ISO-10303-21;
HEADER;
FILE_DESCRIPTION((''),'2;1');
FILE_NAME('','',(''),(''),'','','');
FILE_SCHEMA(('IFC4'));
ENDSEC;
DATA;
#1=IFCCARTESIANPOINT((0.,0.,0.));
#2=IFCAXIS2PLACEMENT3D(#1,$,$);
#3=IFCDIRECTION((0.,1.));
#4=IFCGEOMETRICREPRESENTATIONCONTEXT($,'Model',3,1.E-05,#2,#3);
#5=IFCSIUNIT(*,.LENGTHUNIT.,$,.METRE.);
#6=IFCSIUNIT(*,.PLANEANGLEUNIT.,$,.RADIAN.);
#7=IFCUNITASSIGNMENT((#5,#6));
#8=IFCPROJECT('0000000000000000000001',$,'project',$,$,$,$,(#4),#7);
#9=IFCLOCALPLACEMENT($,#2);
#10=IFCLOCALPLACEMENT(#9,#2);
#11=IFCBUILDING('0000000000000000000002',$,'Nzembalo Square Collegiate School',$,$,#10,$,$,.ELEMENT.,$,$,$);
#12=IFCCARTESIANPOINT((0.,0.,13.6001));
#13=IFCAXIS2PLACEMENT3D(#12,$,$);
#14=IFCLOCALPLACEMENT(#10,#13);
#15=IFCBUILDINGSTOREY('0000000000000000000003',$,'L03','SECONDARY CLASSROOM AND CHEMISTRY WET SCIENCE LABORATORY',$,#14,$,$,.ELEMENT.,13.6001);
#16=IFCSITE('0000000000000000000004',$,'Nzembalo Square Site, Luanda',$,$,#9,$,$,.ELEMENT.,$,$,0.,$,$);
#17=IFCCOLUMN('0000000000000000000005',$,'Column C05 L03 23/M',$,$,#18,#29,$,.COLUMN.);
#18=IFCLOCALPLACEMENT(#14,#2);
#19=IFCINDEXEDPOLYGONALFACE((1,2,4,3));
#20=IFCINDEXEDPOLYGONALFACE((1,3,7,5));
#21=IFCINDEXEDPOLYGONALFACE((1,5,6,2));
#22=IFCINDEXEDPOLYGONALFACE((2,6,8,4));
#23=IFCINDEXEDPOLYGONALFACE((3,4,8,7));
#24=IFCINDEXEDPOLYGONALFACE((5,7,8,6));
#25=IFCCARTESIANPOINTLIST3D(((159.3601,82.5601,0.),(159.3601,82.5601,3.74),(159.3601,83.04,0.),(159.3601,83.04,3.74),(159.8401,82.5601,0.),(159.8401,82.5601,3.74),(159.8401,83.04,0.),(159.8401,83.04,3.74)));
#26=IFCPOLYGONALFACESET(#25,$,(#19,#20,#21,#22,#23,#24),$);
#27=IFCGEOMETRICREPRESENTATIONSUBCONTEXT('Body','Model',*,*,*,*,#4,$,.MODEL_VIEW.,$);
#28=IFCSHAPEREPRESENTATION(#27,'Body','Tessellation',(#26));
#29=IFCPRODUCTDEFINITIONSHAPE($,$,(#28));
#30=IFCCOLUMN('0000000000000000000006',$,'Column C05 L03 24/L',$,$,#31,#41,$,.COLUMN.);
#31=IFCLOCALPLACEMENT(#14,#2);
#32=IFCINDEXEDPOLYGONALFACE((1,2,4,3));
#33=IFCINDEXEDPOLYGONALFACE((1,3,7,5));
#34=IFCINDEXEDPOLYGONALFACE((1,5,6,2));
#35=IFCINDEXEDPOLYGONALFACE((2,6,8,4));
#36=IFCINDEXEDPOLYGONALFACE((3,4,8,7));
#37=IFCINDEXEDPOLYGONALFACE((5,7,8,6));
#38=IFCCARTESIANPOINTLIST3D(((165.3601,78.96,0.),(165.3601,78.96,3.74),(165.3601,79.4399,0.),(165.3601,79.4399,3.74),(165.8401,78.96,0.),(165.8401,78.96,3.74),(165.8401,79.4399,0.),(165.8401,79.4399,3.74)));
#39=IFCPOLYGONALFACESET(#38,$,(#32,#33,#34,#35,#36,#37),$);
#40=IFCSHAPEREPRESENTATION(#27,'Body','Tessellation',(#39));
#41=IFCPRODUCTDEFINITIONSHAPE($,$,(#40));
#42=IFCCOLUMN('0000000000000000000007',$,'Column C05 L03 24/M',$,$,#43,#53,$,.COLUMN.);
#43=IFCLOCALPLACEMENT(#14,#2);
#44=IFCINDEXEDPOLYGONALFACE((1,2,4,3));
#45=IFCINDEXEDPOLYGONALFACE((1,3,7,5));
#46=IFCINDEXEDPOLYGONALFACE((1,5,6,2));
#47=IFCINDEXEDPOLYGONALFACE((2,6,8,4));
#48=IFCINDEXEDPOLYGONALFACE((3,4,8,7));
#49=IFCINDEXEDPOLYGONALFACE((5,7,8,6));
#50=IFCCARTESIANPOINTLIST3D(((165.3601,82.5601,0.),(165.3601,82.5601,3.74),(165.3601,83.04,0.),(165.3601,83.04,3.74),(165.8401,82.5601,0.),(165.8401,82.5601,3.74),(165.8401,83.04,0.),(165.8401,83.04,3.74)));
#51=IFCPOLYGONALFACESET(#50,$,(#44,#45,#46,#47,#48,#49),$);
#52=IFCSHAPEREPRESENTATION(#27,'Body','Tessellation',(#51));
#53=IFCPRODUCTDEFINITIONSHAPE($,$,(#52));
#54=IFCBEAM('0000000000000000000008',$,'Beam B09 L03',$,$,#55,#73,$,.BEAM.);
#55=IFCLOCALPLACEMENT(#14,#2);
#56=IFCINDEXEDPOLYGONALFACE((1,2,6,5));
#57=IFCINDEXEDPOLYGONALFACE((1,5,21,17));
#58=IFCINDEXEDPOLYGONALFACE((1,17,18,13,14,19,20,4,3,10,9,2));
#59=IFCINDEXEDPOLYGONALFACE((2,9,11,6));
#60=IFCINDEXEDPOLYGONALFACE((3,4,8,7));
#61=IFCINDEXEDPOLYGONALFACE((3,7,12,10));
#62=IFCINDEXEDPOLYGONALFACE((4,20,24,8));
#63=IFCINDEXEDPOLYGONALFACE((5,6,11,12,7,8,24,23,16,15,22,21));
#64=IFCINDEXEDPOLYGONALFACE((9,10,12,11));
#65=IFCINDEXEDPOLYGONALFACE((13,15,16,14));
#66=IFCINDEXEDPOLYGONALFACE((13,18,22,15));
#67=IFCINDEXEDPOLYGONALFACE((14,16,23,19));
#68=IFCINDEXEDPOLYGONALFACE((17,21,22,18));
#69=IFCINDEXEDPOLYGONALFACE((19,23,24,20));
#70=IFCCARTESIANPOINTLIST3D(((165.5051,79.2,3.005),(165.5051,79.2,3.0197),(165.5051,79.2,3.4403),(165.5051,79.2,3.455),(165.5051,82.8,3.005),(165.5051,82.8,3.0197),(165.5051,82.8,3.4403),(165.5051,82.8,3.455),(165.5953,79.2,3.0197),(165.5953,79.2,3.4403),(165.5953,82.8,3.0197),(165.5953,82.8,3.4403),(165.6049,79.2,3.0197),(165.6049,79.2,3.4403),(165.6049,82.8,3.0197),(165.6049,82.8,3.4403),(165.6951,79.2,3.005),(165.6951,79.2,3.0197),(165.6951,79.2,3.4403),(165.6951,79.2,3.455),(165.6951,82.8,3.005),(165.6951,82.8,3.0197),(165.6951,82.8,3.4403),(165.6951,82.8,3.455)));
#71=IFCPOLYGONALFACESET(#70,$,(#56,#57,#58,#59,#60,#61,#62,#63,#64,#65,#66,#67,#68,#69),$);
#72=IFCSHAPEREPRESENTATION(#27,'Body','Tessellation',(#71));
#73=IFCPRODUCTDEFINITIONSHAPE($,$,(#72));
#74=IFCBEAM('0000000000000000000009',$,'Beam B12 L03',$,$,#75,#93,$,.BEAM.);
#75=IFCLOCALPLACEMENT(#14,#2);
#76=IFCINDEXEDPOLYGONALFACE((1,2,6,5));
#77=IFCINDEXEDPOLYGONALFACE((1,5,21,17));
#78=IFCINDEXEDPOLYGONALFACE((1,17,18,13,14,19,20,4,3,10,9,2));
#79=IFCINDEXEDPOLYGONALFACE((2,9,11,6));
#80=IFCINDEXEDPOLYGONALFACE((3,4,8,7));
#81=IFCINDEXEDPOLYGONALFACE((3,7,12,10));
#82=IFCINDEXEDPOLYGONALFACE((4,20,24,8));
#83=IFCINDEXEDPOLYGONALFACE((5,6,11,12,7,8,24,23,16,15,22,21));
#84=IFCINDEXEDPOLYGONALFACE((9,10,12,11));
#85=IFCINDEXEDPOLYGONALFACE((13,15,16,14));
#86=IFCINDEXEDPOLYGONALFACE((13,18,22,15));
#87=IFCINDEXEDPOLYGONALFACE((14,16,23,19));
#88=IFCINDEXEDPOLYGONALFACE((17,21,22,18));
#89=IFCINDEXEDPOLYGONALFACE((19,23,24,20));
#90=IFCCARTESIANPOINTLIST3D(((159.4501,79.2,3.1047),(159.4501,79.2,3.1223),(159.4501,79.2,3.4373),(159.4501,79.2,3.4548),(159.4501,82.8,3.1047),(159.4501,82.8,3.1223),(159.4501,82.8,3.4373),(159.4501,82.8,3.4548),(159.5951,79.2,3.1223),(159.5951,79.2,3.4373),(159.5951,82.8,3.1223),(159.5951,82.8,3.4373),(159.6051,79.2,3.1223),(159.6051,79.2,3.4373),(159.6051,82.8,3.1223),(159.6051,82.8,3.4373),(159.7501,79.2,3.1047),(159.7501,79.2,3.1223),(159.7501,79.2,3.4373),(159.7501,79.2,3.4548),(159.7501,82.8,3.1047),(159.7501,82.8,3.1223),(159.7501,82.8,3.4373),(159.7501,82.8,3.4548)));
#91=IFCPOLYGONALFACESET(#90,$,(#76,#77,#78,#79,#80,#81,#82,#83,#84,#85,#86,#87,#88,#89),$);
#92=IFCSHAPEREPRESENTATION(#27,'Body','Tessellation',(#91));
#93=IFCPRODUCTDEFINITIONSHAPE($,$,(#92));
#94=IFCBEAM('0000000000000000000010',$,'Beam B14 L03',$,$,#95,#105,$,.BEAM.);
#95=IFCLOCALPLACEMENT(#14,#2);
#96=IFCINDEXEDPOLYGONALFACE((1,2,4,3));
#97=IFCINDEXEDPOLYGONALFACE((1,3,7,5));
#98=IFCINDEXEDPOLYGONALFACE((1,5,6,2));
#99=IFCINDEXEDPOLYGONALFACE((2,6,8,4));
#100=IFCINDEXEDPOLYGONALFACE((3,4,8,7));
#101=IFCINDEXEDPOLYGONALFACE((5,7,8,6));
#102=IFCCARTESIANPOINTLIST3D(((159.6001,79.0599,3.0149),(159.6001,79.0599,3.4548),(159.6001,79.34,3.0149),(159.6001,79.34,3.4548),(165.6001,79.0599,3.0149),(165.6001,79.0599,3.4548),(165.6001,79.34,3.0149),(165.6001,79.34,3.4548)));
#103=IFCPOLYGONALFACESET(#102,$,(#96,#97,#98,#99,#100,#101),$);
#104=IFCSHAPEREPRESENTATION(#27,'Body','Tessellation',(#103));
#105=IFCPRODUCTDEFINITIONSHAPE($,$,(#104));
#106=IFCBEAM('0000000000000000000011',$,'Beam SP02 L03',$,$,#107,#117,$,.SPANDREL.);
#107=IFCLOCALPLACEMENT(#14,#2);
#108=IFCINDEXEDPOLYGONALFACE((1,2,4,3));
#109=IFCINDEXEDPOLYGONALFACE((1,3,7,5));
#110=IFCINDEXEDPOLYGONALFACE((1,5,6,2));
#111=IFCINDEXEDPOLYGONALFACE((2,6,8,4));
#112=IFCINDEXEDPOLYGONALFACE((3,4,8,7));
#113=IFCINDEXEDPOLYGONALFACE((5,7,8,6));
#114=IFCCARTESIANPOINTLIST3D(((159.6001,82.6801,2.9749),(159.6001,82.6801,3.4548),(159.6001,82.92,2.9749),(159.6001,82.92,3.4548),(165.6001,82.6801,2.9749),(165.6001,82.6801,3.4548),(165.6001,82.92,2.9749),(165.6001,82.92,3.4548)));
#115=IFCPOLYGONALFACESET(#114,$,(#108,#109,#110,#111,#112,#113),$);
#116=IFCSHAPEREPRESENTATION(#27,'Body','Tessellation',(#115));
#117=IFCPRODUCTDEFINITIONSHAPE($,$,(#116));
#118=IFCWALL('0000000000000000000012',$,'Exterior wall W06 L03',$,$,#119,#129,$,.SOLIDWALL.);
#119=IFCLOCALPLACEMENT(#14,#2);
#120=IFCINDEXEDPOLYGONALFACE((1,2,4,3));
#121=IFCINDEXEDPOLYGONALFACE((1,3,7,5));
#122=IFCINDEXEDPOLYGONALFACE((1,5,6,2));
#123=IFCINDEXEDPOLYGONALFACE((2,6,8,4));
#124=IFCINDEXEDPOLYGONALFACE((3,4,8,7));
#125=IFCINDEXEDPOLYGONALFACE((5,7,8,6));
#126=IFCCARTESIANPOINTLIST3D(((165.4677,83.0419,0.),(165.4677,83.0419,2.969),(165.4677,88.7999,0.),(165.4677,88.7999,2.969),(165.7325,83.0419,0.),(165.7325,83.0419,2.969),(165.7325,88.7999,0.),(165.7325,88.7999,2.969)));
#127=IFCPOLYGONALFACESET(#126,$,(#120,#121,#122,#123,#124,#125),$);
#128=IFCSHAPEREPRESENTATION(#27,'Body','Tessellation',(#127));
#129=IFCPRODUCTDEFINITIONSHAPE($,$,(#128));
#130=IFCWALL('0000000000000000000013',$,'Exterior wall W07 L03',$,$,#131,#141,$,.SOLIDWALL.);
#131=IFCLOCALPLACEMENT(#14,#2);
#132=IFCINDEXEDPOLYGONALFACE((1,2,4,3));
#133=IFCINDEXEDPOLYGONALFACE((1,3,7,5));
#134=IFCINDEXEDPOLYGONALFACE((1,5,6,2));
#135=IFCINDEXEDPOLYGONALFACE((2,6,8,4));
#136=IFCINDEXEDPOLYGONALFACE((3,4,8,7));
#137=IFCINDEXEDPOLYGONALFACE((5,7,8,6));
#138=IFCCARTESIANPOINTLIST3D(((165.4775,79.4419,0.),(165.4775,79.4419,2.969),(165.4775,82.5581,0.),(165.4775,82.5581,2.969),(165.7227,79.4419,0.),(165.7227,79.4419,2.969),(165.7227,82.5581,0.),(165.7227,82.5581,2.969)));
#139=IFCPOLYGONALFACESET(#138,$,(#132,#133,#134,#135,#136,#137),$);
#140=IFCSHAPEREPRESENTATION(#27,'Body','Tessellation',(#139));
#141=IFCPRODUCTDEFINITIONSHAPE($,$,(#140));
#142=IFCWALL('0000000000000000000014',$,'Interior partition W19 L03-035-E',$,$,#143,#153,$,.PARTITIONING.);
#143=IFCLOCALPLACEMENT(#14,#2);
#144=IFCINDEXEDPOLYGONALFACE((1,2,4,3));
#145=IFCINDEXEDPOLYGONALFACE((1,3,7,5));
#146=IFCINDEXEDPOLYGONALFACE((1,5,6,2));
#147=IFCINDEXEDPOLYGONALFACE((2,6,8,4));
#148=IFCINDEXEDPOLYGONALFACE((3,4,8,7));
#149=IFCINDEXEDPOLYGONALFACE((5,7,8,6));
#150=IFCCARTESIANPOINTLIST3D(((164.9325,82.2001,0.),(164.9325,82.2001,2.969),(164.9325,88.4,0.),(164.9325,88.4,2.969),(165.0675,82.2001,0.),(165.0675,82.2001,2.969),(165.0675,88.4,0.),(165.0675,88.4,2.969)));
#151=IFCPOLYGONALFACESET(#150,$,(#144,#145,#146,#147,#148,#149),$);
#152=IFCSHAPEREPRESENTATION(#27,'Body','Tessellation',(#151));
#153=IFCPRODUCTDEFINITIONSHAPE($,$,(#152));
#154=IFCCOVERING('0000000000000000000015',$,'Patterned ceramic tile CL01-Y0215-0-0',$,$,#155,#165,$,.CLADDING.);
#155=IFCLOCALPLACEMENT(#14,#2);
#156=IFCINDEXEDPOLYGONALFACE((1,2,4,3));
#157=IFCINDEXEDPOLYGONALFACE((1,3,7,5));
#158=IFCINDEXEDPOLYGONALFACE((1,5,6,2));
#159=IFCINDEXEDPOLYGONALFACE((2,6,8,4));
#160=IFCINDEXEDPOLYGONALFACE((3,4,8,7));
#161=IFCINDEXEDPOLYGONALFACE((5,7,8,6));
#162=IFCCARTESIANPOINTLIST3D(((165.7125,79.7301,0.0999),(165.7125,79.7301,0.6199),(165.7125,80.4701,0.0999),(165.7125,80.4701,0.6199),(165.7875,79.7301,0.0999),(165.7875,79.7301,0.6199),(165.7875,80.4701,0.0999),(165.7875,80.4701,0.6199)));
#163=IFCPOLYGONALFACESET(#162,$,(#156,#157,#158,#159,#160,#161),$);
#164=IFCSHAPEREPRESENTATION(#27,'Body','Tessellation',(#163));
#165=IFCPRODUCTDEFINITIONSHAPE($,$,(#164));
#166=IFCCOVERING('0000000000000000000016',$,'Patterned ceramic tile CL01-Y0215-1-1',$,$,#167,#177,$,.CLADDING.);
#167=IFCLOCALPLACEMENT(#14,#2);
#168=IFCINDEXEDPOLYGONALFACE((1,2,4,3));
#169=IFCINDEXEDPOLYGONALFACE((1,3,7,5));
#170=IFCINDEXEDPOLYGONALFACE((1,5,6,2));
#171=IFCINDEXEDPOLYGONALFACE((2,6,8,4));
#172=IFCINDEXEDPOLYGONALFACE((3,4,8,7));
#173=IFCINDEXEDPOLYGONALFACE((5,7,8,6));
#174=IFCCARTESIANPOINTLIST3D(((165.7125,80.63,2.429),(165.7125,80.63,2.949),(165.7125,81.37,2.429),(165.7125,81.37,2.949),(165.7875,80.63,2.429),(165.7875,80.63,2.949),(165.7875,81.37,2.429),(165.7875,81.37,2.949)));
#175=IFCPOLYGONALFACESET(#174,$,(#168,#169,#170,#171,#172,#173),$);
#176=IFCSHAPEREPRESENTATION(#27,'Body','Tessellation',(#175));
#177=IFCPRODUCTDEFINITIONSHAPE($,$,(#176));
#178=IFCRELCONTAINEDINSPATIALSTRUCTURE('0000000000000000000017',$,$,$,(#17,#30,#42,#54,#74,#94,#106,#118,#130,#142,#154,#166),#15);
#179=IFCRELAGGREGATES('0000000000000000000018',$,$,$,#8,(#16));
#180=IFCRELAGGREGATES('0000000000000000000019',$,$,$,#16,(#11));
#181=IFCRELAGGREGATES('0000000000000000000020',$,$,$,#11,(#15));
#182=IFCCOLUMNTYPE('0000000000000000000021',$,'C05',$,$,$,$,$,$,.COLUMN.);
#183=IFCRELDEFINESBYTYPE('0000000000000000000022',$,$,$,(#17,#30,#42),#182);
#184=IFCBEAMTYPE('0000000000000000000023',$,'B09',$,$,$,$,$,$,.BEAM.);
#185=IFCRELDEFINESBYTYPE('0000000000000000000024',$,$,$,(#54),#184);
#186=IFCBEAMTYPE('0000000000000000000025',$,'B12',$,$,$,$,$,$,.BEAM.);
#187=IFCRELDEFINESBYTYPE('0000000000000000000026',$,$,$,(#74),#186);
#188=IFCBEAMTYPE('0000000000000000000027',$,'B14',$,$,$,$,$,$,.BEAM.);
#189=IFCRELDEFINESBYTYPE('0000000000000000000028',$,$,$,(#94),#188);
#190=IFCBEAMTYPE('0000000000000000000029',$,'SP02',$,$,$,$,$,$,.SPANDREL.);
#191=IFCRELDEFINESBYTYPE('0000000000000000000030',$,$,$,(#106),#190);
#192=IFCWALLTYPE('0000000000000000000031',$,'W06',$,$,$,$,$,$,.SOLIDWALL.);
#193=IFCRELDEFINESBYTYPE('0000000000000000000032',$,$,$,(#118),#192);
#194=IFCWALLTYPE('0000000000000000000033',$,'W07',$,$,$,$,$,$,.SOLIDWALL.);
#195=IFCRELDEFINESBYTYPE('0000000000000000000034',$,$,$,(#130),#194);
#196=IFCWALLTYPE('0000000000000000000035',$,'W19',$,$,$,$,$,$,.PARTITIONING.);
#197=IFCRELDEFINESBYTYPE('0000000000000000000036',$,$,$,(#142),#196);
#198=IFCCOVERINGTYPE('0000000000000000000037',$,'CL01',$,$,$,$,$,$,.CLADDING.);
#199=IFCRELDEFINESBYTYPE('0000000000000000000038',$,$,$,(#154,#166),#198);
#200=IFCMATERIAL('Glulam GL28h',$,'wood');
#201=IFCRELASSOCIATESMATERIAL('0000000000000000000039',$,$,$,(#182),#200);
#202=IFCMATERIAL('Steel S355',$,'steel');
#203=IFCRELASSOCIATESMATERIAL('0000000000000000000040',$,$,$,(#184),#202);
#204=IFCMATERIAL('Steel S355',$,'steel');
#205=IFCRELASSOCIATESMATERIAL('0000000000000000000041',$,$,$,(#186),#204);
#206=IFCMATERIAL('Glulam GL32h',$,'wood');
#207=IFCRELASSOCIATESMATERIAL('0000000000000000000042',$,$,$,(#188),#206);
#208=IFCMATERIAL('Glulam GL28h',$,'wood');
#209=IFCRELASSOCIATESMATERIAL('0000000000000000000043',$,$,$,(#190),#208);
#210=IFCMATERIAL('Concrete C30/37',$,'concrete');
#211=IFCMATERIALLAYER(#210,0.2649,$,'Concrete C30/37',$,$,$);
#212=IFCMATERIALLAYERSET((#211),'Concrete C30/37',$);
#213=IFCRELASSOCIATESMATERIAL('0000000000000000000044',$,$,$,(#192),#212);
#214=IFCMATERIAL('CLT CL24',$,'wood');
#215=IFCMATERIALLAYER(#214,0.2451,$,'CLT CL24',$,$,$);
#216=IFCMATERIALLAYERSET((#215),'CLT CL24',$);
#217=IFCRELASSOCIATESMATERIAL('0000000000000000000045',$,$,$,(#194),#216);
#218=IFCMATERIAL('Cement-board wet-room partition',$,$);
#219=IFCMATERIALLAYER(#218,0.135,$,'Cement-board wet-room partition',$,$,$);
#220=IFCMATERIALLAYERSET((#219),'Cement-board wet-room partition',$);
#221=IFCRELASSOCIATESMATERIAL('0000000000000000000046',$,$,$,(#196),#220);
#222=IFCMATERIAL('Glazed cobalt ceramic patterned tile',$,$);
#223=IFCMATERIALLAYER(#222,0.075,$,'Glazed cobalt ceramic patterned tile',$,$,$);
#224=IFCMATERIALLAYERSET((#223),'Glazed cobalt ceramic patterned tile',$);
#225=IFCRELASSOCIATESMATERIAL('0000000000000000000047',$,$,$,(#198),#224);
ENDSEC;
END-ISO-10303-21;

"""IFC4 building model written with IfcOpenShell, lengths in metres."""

from ifc_helpers import new_model, si_unit, direction, frame, frame_2d, origin, origin_2d, place, context, subcontext, project, spatial, rectangle, i_section, extrude, material, layer, layer_set, material_profile, profile_set, type_object, element, save


model = new_model("IFC4")

# Units and contexts
model_context = context("Model", 3, precision=1e-05, world=origin(), true_north=direction((0.0, 1.0)))
body_context = subcontext(model_context, "Body", "Model", "MODEL_VIEW")
ifc_project = project(units=[si_unit("LENGTHUNIT", "METRE"), si_unit("PLANEANGLEUNIT", "RADIAN")], contexts=[model_context])

# Site, building, storey
site_placement = place(None, origin())
site = spatial("IfcSite", under=ifc_project, at=site_placement, Name="Nzembalo Square Site, Luanda", CompositionType="ELEMENT", RefElevation=0.0)
building_placement = place(site_placement, origin())
building = spatial("IfcBuilding", under=site, at=building_placement, Name="Nzembalo Square Collegiate School", CompositionType="ELEMENT")
storey_placement = place(building_placement, frame((0.0, 0.0, 13.6001)))
storey = spatial("IfcBuildingStorey", under=building, at=storey_placement, Name="L03", Description="SECONDARY CLASSROOM AND CHEMISTRY WET SCIENCE LABORATORY", CompositionType="ELEMENT", Elevation=13.6001)

# Columns
ifc_material_1 = material(Name="Glulam GL28h", Category="wood")
ifc_material_profile_1 = material_profile(ifc_material_1, rectangle(XDim=0.48, YDim=0.48, at=origin_2d()), Name="GL28h 480x480")
ifc_profile_set_1 = profile_set([ifc_material_profile_1], Name="Glulam GL28h")
column_type = type_object("IfcColumnType", Name="C05", PredefinedType="COLUMN", material=ifc_profile_set_1)
for number, where, z_axis, x_axis, name in (
    (1, (159.6001, 82.8, 0.0), (0.0, 0.0, 1.0), (1.0, 0.0, 0.0), "Column C05 L03 23/M"),
    (2, (165.6001, 79.2, 0.0), (0.0, 0.0, 1.0), (1.0, 0.0, 0.0), "Column C05 L03 24/L"),
    (3, (165.6001, 82.8, 0.0), (0.0, 0.0, 1.0), (1.0, 0.0, 0.0), "Column C05 L03 24/M"),
):
    element("IfcColumn", number, at=place(storey_placement, frame(where, z_axis=z_axis, x_axis=x_axis)), inside=storey, type_object=column_type, Name=name, PredefinedType="COLUMN", context=body_context, shape_type="SweptSolid", body=[
        extrude(rectangle(XDim=0.48, YDim=0.48, at=origin_2d()), origin(), (0.0, 0.0, 1.0), 3.74),
    ])

# Beams
ifc_material_2 = material(Name="Steel S355", Category="steel")
ifc_material_profile_2 = material_profile(ifc_material_2, i_section(OverallWidth=0.1899, OverallDepth=0.45, WebThickness=0.0095, FlangeThickness=0.0146, at=origin_2d()), Name="IPE 450")
ifc_profile_set_2 = profile_set([ifc_material_profile_2], Name="Steel S355")
beam_type_1 = type_object("IfcBeamType", Name="B09", PredefinedType="BEAM", material=ifc_profile_set_2)
beam_1_placement = place(storey_placement, frame((165.6001, 79.2, 3.23), z_axis=(0.0, 1.0, 0.0), x_axis=(-1.0, 0.0, 0.0)))
element("IfcBeam", 4, at=beam_1_placement, inside=storey, type_object=beam_type_1, Name="Beam B09 L03", PredefinedType="BEAM", context=body_context, shape_type="SweptSolid", body=[
    extrude(i_section(OverallWidth=0.1899, OverallDepth=0.45, WebThickness=0.0095, FlangeThickness=0.0146, at=origin_2d()), origin(), (0.0, 0.0, 1.0), 3.6001),
])
ifc_material_3 = material(Name="Steel S355", Category="steel")
ifc_material_profile_3 = material_profile(ifc_material_3, i_section(OverallWidth=0.3, OverallDepth=0.3501, WebThickness=0.01, FlangeThickness=0.0176, at=origin_2d()), Name="HEA 360")
ifc_profile_set_3 = profile_set([ifc_material_profile_3], Name="Steel S355")
beam_type_2 = type_object("IfcBeamType", Name="B12", PredefinedType="BEAM", material=ifc_profile_set_3)
beam_2_placement = place(storey_placement, frame((159.6001, 79.2, 3.2798), z_axis=(0.0, 1.0, 0.0), x_axis=(-1.0, 0.0, 0.0)))
element("IfcBeam", 5, at=beam_2_placement, inside=storey, type_object=beam_type_2, Name="Beam B12 L03", PredefinedType="BEAM", context=body_context, shape_type="SweptSolid", body=[
    extrude(i_section(OverallWidth=0.3, OverallDepth=0.3501, WebThickness=0.01, FlangeThickness=0.0176, at=origin_2d()), origin(), (0.0, 0.0, 1.0), 3.6001),
])
ifc_material_4 = material(Name="Glulam GL32h", Category="wood")
ifc_material_profile_4 = material_profile(ifc_material_4, rectangle(XDim=0.28, YDim=0.4399, at=origin_2d()), Name="GL32h 280x440")
ifc_profile_set_4 = profile_set([ifc_material_profile_4], Name="Glulam GL32h")
beam_type_3 = type_object("IfcBeamType", Name="B14", PredefinedType="BEAM", material=ifc_profile_set_4)
beam_3_placement = place(storey_placement, frame((159.6001, 79.2, 3.2349), z_axis=(1.0, 0.0, 0.0), x_axis=(0.0, 1.0, 0.0)))
element("IfcBeam", 6, at=beam_3_placement, inside=storey, type_object=beam_type_3, Name="Beam B14 L03", PredefinedType="BEAM", context=body_context, shape_type="SweptSolid", body=[
    extrude(rectangle(XDim=0.28, YDim=0.4399, at=origin_2d()), origin(), (0.0, 0.0, 1.0), 6.0),
])
ifc_material_5 = material(Name="Glulam GL28h", Category="wood")
ifc_material_profile_5 = material_profile(ifc_material_5, rectangle(XDim=0.24, YDim=0.48, at=origin_2d()), Name="GL28h 240x480")
ifc_profile_set_5 = profile_set([ifc_material_profile_5], Name="Glulam GL28h")
beam_type_4 = type_object("IfcBeamType", Name="SP02", PredefinedType="SPANDREL", material=ifc_profile_set_5)
beam_4_placement = place(storey_placement, frame((159.6001, 82.8, 3.2148), z_axis=(1.0, 0.0, 0.0), x_axis=(0.0, 1.0, 0.0)))
element("IfcBeam", 7, at=beam_4_placement, inside=storey, type_object=beam_type_4, Name="Beam SP02 L03", PredefinedType="SPANDREL", context=body_context, shape_type="SweptSolid", body=[
    extrude(rectangle(XDim=0.24, YDim=0.48, at=origin_2d()), origin(), (0.0, 0.0, 1.0), 6.0),
])

# Walls
ifc_material_6 = material(Name="Concrete C30/37", Category="concrete")
ifc_layer_1 = layer(ifc_material_6, 0.2649, Name="Concrete C30/37")
ifc_layer_set_1 = layer_set([ifc_layer_1], Name="Concrete C30/37")
wall_type_1 = type_object("IfcWallType", Name="W06", PredefinedType="SOLIDWALL", material=ifc_layer_set_1)
wall_1_placement = place(storey_placement, frame((165.6001, 83.042, 0.0), z_axis=(0.0, 0.0, 1.0), x_axis=(0.0, 1.0, 0.0)))
element("IfcWall", 8, at=wall_1_placement, inside=storey, type_object=wall_type_1, Name="Exterior wall W06 L03", PredefinedType="SOLIDWALL", context=body_context, shape_type="SweptSolid", body=[
    extrude(rectangle(XDim=5.7581, YDim=0.2649, at=frame_2d((2.8789, 0.0))), origin(), (0.0, 0.0, 1.0), 2.969),
])
ifc_material_7 = material(Name="CLT CL24", Category="wood")
ifc_layer_2 = layer(ifc_material_7, 0.2451, Name="CLT CL24")
ifc_layer_set_2 = layer_set([ifc_layer_2], Name="CLT CL24")
wall_type_2 = type_object("IfcWallType", Name="W07", PredefinedType="SOLIDWALL", material=ifc_layer_set_2)
wall_2_placement = place(storey_placement, frame((165.6001, 79.4419, 0.0), z_axis=(0.0, 0.0, 1.0), x_axis=(0.0, 1.0, 0.0)))
element("IfcWall", 9, at=wall_2_placement, inside=storey, type_object=wall_type_2, Name="Exterior wall W07 L03", PredefinedType="SOLIDWALL", context=body_context, shape_type="SweptSolid", body=[
    extrude(rectangle(XDim=3.1162, YDim=0.2451, at=frame_2d((1.5581, 0.0))), origin(), (0.0, 0.0, 1.0), 2.969),
])
ifc_material_8 = material(Name="Cement-board wet-room partition")
ifc_layer_3 = layer(ifc_material_8, 0.135, Name="Cement-board wet-room partition")
ifc_layer_set_3 = layer_set([ifc_layer_3], Name="Cement-board wet-room partition")
wall_type_3 = type_object("IfcWallType", Name="W19", PredefinedType="PARTITIONING", material=ifc_layer_set_3)
wall_3_placement = place(storey_placement, frame((165.0, 82.2, 0.0), z_axis=(0.0, 0.0, 1.0), x_axis=(0.0, 1.0, 0.0)))
element("IfcWall", 10, at=wall_3_placement, inside=storey, type_object=wall_type_3, Name="Interior partition W19 L03-035-E", PredefinedType="PARTITIONING", context=body_context, shape_type="SweptSolid", body=[
    extrude(rectangle(XDim=6.2, YDim=0.135, at=frame_2d((3.1001, 0.0))), origin(), (0.0, 0.0, 1.0), 2.969),
])

# Coverings
ifc_material_9 = material(Name="Glazed cobalt ceramic patterned tile")
ifc_layer_4 = layer(ifc_material_9, 0.075, Name="Glazed cobalt ceramic patterned tile")
ifc_layer_set_4 = layer_set([ifc_layer_4], Name="Glazed cobalt ceramic patterned tile")
covering_type_1 = type_object("IfcCoveringType", Name="CL01", PredefinedType="CLADDING", material=ifc_layer_set_4)
for number, where, z_axis, x_axis, name in (
    (11, (165.75, 80.1001, 0.0999), (0.0, 0.0, 1.0), (1.0, 0.0, 0.0), "Patterned ceramic tile CL01-Y0215-0-0"),
    (12, (165.75, 81.0, 2.429), (0.0, 0.0, 1.0), (1.0, 0.0, 0.0), "Patterned ceramic tile CL01-Y0215-1-1"),
):
    element("IfcCovering", number, at=place(storey_placement, frame(where, z_axis=z_axis, x_axis=x_axis)), inside=storey, type_object=covering_type_1, Name=name, PredefinedType="CLADDING", context=body_context, shape_type="SweptSolid", body=[
        extrude(rectangle(XDim=0.075, YDim=0.74, at=origin_2d()), origin(), (0.0, 0.0, 1.0), 0.52),
    ])

save(model, "model.ifc")
